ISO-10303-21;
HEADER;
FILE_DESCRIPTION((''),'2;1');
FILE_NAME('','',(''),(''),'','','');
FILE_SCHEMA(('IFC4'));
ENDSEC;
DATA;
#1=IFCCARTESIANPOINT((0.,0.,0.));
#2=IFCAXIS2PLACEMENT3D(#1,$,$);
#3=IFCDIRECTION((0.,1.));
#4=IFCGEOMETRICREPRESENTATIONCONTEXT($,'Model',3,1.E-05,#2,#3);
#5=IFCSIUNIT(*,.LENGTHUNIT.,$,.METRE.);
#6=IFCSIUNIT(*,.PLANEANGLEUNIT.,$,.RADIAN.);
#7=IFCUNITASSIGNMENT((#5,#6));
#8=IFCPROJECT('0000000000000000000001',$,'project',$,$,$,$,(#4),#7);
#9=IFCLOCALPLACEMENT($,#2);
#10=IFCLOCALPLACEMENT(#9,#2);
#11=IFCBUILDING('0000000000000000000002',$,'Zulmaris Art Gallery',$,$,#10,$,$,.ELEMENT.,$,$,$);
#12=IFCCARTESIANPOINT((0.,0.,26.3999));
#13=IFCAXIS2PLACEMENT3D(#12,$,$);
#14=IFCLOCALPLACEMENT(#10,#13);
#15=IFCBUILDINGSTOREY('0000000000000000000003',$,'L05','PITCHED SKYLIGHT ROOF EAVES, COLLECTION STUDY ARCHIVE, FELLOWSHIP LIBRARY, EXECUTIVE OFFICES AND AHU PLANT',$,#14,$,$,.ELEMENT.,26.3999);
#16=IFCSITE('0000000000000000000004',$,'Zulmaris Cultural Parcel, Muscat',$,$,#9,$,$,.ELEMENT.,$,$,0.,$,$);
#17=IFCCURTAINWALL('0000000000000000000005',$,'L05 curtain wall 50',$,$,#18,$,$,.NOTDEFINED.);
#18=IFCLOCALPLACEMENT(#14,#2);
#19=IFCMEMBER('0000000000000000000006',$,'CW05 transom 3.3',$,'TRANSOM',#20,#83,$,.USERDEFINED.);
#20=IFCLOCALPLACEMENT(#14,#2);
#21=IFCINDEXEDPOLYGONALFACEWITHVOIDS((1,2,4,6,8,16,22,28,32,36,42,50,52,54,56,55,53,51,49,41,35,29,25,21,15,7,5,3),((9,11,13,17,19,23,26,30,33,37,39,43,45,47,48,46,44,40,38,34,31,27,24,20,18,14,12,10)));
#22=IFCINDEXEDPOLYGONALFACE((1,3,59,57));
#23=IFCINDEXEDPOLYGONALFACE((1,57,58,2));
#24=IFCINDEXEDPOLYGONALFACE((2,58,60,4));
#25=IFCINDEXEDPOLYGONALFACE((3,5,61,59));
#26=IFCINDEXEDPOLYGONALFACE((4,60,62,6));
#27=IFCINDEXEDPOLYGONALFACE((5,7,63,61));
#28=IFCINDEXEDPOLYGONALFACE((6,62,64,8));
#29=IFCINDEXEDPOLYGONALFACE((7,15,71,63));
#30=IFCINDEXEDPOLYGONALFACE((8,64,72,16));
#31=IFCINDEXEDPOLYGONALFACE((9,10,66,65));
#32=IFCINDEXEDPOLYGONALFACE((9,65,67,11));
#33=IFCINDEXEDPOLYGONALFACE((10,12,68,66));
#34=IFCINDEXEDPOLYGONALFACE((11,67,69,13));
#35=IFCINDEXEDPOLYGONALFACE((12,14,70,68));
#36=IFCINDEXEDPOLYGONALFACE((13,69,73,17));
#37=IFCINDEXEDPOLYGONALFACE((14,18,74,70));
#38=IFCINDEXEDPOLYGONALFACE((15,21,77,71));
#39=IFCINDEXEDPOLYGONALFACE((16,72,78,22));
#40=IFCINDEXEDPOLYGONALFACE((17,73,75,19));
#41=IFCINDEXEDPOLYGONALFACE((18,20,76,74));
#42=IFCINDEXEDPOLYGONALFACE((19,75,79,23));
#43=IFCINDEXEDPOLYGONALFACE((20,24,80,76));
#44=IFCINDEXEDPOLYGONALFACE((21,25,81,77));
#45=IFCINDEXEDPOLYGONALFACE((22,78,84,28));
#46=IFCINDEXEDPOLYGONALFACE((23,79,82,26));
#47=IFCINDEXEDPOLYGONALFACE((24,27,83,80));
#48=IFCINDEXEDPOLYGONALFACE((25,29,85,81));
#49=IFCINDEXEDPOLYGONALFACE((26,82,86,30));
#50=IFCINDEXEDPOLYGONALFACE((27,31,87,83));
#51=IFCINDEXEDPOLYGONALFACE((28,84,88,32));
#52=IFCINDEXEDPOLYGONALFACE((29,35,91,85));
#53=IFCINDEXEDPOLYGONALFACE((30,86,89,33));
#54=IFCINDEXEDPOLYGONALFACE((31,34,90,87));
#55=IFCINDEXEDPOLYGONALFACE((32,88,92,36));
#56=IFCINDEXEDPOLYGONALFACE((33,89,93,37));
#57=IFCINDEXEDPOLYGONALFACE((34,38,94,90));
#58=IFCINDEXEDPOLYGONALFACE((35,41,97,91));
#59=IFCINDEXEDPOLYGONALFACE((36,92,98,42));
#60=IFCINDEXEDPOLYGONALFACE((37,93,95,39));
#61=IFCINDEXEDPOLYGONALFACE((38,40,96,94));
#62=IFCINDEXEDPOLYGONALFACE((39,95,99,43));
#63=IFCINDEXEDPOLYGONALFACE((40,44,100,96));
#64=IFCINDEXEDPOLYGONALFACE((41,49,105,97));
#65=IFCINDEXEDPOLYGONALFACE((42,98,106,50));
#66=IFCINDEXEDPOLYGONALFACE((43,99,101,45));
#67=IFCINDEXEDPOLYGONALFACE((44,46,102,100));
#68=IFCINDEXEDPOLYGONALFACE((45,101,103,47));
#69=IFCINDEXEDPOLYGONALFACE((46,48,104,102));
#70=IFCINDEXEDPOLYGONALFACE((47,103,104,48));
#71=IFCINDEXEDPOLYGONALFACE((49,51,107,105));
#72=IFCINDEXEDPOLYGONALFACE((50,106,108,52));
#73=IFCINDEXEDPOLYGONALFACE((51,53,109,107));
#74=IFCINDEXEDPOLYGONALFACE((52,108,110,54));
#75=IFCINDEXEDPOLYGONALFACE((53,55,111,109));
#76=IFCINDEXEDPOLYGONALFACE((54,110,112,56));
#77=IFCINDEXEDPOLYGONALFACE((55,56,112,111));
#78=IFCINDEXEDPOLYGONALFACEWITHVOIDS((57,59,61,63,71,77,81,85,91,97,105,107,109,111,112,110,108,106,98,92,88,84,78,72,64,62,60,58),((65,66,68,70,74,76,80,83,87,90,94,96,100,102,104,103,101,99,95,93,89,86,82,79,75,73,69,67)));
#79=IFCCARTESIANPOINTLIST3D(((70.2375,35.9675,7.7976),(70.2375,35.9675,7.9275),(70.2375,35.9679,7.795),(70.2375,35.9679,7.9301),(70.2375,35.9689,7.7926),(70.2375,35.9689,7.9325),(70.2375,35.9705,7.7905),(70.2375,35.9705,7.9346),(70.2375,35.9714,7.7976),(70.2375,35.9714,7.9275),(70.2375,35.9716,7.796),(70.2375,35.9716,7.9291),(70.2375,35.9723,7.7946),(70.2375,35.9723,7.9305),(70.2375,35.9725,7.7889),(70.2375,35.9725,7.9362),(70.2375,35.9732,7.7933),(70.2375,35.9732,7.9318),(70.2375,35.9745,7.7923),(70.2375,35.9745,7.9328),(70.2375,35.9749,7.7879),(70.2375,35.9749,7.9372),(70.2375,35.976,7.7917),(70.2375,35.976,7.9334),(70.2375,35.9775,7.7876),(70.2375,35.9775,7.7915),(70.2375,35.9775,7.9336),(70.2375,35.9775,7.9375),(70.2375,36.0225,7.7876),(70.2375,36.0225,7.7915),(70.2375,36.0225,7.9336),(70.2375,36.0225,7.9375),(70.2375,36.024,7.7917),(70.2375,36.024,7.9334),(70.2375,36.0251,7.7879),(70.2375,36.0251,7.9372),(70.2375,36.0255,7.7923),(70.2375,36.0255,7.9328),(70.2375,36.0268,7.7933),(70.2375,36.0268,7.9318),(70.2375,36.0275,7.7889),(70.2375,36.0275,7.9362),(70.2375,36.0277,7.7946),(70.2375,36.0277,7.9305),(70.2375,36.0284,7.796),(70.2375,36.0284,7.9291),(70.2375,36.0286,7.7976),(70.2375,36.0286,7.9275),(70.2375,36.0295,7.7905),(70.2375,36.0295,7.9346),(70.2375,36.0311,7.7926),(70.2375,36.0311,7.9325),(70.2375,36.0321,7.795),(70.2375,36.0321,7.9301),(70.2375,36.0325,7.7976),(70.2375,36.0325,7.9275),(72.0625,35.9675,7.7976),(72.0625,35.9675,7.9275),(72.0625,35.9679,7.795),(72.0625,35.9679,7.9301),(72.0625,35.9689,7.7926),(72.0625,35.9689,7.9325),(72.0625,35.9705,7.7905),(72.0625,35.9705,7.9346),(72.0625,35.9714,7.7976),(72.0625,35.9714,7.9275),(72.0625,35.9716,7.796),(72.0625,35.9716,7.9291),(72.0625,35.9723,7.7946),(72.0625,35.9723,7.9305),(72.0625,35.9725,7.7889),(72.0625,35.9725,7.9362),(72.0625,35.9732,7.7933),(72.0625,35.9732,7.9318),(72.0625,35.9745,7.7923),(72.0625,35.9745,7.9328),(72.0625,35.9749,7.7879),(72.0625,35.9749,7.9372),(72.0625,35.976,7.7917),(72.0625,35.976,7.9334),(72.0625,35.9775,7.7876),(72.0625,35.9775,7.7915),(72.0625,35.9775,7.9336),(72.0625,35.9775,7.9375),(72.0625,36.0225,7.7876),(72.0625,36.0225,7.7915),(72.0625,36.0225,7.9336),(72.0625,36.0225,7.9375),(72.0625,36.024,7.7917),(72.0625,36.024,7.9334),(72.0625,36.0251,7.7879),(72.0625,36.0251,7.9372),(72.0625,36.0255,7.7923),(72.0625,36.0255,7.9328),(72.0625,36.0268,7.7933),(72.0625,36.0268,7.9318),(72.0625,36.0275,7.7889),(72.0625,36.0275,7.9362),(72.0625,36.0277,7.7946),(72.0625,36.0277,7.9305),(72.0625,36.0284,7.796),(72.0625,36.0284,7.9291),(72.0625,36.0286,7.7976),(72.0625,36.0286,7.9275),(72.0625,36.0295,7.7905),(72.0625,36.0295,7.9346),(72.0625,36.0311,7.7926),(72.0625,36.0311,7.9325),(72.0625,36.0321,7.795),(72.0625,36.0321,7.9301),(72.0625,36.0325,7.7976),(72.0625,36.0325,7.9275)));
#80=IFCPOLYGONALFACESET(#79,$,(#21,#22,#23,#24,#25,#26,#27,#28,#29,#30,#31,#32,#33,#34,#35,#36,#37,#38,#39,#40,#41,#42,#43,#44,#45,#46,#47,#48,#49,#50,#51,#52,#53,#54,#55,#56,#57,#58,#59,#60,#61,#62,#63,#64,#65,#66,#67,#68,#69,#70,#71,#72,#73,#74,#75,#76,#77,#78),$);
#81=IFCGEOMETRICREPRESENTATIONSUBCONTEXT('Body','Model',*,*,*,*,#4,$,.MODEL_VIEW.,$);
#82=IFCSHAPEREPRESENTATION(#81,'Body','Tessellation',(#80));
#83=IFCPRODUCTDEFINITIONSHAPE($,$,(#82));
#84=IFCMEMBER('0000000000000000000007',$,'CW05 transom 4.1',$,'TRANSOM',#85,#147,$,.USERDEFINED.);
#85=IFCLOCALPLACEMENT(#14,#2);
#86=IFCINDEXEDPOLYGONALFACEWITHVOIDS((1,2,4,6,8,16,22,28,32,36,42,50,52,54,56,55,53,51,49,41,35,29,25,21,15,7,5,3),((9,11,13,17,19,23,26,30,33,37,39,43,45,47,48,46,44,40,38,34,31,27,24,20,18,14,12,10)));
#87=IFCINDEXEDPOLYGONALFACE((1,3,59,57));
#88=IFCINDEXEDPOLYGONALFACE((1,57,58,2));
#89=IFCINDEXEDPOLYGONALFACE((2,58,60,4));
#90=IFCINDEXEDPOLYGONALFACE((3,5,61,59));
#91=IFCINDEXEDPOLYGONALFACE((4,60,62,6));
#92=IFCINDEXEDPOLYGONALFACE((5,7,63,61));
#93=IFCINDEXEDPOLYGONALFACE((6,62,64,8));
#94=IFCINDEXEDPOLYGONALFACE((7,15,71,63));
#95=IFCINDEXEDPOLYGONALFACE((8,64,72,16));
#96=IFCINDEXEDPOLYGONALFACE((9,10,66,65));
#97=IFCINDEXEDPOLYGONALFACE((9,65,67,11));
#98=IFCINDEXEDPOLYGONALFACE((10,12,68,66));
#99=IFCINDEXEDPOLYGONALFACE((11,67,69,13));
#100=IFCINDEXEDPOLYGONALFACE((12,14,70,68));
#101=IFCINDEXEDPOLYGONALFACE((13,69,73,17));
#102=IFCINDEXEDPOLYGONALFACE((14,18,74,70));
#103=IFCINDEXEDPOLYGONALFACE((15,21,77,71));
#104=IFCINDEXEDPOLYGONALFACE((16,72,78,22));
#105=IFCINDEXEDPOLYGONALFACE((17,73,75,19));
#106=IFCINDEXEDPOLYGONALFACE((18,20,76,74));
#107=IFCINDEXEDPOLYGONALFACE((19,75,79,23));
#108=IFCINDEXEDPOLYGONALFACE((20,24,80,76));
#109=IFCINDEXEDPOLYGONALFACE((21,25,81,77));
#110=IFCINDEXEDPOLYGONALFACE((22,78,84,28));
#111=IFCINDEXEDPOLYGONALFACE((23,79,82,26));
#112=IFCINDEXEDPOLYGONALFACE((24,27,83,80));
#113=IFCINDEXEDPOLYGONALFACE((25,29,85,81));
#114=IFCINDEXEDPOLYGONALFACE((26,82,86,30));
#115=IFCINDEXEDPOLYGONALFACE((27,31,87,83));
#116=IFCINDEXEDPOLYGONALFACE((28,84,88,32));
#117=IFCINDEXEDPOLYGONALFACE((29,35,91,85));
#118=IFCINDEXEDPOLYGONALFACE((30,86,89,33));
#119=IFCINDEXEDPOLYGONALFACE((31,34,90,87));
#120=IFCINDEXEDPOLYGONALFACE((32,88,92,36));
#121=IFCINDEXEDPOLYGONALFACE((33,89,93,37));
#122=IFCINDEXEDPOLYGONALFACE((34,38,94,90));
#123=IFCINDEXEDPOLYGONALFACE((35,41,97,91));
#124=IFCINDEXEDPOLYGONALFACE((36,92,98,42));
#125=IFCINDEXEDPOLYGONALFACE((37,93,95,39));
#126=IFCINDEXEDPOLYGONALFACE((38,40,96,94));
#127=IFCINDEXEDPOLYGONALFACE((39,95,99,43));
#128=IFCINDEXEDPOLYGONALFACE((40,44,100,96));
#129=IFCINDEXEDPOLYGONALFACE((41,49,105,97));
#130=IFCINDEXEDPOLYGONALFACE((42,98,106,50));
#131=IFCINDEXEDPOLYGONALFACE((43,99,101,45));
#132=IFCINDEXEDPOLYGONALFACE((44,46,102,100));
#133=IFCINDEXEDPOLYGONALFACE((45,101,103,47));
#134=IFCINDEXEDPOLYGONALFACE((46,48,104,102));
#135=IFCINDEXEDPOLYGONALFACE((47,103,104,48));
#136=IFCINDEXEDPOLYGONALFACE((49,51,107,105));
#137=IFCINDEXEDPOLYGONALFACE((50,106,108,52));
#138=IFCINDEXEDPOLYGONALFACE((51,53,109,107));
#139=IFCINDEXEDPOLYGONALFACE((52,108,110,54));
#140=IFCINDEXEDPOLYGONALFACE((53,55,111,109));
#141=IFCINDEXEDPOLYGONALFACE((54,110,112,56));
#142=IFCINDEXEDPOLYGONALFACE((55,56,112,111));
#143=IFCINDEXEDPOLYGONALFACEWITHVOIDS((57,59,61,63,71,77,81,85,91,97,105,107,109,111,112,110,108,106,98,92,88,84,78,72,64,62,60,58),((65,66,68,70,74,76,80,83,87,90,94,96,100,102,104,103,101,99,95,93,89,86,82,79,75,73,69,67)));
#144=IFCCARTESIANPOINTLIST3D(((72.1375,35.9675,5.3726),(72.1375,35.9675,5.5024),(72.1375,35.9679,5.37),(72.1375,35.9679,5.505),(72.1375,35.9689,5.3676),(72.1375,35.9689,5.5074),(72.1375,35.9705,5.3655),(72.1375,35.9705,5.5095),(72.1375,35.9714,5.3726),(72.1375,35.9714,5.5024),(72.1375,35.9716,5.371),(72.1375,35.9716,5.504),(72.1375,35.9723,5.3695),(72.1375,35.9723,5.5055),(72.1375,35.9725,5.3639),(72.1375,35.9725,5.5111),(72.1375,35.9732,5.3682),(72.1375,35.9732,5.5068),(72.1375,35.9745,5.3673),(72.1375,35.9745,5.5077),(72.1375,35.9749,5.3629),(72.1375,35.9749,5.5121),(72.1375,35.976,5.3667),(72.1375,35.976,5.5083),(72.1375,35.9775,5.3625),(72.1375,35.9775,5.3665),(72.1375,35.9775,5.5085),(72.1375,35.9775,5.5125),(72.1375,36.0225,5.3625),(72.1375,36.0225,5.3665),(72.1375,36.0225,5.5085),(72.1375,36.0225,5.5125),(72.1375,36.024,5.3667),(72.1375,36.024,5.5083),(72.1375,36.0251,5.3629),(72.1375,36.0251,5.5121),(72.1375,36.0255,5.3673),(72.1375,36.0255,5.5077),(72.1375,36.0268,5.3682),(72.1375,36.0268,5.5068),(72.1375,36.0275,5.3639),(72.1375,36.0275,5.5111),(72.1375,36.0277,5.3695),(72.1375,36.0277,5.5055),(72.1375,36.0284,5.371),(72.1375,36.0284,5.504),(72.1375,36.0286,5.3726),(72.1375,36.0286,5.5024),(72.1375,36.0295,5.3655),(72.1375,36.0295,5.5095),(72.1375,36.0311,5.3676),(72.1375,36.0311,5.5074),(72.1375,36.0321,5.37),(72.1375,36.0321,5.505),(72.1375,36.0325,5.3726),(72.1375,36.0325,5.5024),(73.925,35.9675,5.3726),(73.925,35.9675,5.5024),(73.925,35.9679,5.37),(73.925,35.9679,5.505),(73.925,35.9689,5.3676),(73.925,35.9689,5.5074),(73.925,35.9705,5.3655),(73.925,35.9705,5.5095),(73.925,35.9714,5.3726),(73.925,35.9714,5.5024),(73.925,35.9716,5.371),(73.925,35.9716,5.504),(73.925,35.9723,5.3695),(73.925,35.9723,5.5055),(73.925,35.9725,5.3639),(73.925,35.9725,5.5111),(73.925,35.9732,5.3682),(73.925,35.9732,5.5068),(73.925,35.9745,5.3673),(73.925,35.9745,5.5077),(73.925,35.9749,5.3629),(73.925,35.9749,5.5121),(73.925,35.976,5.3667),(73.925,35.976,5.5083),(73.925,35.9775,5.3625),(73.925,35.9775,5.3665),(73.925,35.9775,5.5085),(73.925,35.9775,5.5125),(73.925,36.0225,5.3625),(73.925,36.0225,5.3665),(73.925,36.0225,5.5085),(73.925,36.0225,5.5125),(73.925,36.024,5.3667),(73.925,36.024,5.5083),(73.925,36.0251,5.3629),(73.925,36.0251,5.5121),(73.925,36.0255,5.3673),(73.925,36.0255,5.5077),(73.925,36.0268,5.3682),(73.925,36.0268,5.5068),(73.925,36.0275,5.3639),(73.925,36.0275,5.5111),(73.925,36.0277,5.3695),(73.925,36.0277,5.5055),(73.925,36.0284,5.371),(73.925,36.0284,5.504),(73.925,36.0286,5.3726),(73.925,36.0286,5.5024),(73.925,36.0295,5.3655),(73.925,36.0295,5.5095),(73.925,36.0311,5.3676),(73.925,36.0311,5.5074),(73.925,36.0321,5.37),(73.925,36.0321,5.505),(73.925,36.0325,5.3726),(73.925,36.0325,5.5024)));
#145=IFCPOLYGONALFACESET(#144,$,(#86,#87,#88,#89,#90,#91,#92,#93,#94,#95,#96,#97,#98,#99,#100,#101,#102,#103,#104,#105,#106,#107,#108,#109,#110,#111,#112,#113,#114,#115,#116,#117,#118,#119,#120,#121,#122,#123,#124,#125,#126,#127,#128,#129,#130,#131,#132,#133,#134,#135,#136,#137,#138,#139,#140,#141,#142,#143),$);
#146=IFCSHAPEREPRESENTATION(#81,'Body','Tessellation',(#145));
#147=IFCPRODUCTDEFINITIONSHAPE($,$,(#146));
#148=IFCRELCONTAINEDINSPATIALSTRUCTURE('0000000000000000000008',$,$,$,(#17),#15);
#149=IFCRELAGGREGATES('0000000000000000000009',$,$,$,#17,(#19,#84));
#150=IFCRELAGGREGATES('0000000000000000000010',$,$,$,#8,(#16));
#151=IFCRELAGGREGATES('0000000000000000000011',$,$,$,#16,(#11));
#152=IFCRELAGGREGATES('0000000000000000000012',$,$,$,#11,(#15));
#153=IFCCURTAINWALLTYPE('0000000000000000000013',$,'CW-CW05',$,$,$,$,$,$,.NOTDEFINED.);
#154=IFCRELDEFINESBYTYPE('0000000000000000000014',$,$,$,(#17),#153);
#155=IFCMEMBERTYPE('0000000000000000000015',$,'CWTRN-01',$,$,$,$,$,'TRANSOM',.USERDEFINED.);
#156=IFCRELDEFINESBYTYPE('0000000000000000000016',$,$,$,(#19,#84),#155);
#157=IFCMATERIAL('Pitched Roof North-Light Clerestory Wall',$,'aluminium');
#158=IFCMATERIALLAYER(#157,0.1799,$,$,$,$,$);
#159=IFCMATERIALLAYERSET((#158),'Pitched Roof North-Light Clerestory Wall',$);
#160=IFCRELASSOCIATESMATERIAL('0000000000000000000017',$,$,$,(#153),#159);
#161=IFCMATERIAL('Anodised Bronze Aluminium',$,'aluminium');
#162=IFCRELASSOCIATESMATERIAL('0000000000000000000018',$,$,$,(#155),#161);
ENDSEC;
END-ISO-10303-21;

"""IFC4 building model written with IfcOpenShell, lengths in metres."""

from ifc_helpers import new_model, si_unit, direction, frame, origin, origin_2d, place, context, subcontext, project, spatial, hollow_rectangle, extrude, material, layer, layer_set, material_profile, profile_set, type_object, element, aggregate, save


model = new_model("IFC4")

# Units and contexts
model_context = context("Model", 3, precision=1e-05, world=origin(), true_north=direction((0.0, 1.0)))
body_context = subcontext(model_context, "Body", "Model", "MODEL_VIEW")
ifc_project = project(units=[si_unit("LENGTHUNIT", "METRE"), si_unit("PLANEANGLEUNIT", "RADIAN")], contexts=[model_context])

# Site, building, storey
site_placement = place(None, origin())
site = spatial("IfcSite", under=ifc_project, at=site_placement, Name="Zulmaris Cultural Parcel, Muscat", CompositionType="ELEMENT", RefElevation=0.0)
building_placement = place(site_placement, origin())
building = spatial("IfcBuilding", under=site, at=building_placement, Name="Zulmaris Art Gallery", CompositionType="ELEMENT")
storey_placement = place(building_placement, frame((0.0, 0.0, 26.3999)))
storey = spatial("IfcBuildingStorey", under=building, at=storey_placement, Name="L05", Description="PITCHED SKYLIGHT ROOF EAVES, COLLECTION STUDY ARCHIVE, FELLOWSHIP LIBRARY, EXECUTIVE OFFICES AND AHU PLANT", CompositionType="ELEMENT", Elevation=26.3999)

# Curtain wall, members
ifc_material_1 = material(Name="Pitched Roof North-Light Clerestory Wall", Category="aluminium")
ifc_layer_1 = layer(ifc_material_1, 0.1799)
ifc_layer_set_1 = layer_set([ifc_layer_1], Name="Pitched Roof North-Light Clerestory Wall")
curtain_wall_type = type_object("IfcCurtainWallType", Name="CW-CW05", PredefinedType="NOTDEFINED", material=ifc_layer_set_1)
curtain_wall_placement = place(storey_placement, origin())
curtain_wall = element("IfcCurtainWall", 1, at=curtain_wall_placement, inside=storey, type_object=curtain_wall_type, Name="L05 curtain wall 50", PredefinedType="NOTDEFINED")
ifc_material_2 = material(Name="Anodised Bronze Aluminium", Category="aluminium")
ifc_material_profile_1 = material_profile(ifc_material_2, hollow_rectangle(XDim=0.0649, YDim=0.1499, WallThickness=0.0039, InnerFilletRadius=0.0061, OuterFilletRadius=0.01, at=origin_2d()), Name="ALU 65x150x4")
ifc_profile_set_1 = profile_set([ifc_material_profile_1], Name="Anodised Bronze Aluminium")
member_type_1 = type_object("IfcMemberType", Name="CWTRN-01", ElementType="TRANSOM", PredefinedType="USERDEFINED", material=ifc_profile_set_1)
member_1_placement = place(storey_placement, frame((70.2375, 36.0, 7.8625), z_axis=(1.0, 0.0, 0.0), x_axis=(0.0, 1.0, 0.0)))
member_1 = element("IfcMember", 2, at=member_1_placement, type_object=member_type_1, Name="CW05 transom 3.3", ObjectType="TRANSOM", PredefinedType="USERDEFINED", context=body_context, shape_type="SweptSolid", body=[
    extrude(hollow_rectangle(XDim=0.0649, YDim=0.1499, WallThickness=0.0039, InnerFilletRadius=0.0061, OuterFilletRadius=0.01, at=origin_2d()), origin(), (0.0, 0.0, 1.0), 1.825),
])
member_2_placement = place(storey_placement, frame((72.1375, 36.0, 5.4375), z_axis=(1.0, 0.0, 0.0), x_axis=(0.0, 1.0, 0.0)))
member_2 = element("IfcMember", 3, at=member_2_placement, type_object=member_type_1, Name="CW05 transom 4.1", ObjectType="TRANSOM", PredefinedType="USERDEFINED", context=body_context, shape_type="SweptSolid", body=[
    extrude(hollow_rectangle(XDim=0.0649, YDim=0.1499, WallThickness=0.0039, InnerFilletRadius=0.0061, OuterFilletRadius=0.01, at=origin_2d()), origin(), (0.0, 0.0, 1.0), 1.7876),
])

aggregate(curtain_wall, [member_1, member_2])

save(model, "model.ifc")
